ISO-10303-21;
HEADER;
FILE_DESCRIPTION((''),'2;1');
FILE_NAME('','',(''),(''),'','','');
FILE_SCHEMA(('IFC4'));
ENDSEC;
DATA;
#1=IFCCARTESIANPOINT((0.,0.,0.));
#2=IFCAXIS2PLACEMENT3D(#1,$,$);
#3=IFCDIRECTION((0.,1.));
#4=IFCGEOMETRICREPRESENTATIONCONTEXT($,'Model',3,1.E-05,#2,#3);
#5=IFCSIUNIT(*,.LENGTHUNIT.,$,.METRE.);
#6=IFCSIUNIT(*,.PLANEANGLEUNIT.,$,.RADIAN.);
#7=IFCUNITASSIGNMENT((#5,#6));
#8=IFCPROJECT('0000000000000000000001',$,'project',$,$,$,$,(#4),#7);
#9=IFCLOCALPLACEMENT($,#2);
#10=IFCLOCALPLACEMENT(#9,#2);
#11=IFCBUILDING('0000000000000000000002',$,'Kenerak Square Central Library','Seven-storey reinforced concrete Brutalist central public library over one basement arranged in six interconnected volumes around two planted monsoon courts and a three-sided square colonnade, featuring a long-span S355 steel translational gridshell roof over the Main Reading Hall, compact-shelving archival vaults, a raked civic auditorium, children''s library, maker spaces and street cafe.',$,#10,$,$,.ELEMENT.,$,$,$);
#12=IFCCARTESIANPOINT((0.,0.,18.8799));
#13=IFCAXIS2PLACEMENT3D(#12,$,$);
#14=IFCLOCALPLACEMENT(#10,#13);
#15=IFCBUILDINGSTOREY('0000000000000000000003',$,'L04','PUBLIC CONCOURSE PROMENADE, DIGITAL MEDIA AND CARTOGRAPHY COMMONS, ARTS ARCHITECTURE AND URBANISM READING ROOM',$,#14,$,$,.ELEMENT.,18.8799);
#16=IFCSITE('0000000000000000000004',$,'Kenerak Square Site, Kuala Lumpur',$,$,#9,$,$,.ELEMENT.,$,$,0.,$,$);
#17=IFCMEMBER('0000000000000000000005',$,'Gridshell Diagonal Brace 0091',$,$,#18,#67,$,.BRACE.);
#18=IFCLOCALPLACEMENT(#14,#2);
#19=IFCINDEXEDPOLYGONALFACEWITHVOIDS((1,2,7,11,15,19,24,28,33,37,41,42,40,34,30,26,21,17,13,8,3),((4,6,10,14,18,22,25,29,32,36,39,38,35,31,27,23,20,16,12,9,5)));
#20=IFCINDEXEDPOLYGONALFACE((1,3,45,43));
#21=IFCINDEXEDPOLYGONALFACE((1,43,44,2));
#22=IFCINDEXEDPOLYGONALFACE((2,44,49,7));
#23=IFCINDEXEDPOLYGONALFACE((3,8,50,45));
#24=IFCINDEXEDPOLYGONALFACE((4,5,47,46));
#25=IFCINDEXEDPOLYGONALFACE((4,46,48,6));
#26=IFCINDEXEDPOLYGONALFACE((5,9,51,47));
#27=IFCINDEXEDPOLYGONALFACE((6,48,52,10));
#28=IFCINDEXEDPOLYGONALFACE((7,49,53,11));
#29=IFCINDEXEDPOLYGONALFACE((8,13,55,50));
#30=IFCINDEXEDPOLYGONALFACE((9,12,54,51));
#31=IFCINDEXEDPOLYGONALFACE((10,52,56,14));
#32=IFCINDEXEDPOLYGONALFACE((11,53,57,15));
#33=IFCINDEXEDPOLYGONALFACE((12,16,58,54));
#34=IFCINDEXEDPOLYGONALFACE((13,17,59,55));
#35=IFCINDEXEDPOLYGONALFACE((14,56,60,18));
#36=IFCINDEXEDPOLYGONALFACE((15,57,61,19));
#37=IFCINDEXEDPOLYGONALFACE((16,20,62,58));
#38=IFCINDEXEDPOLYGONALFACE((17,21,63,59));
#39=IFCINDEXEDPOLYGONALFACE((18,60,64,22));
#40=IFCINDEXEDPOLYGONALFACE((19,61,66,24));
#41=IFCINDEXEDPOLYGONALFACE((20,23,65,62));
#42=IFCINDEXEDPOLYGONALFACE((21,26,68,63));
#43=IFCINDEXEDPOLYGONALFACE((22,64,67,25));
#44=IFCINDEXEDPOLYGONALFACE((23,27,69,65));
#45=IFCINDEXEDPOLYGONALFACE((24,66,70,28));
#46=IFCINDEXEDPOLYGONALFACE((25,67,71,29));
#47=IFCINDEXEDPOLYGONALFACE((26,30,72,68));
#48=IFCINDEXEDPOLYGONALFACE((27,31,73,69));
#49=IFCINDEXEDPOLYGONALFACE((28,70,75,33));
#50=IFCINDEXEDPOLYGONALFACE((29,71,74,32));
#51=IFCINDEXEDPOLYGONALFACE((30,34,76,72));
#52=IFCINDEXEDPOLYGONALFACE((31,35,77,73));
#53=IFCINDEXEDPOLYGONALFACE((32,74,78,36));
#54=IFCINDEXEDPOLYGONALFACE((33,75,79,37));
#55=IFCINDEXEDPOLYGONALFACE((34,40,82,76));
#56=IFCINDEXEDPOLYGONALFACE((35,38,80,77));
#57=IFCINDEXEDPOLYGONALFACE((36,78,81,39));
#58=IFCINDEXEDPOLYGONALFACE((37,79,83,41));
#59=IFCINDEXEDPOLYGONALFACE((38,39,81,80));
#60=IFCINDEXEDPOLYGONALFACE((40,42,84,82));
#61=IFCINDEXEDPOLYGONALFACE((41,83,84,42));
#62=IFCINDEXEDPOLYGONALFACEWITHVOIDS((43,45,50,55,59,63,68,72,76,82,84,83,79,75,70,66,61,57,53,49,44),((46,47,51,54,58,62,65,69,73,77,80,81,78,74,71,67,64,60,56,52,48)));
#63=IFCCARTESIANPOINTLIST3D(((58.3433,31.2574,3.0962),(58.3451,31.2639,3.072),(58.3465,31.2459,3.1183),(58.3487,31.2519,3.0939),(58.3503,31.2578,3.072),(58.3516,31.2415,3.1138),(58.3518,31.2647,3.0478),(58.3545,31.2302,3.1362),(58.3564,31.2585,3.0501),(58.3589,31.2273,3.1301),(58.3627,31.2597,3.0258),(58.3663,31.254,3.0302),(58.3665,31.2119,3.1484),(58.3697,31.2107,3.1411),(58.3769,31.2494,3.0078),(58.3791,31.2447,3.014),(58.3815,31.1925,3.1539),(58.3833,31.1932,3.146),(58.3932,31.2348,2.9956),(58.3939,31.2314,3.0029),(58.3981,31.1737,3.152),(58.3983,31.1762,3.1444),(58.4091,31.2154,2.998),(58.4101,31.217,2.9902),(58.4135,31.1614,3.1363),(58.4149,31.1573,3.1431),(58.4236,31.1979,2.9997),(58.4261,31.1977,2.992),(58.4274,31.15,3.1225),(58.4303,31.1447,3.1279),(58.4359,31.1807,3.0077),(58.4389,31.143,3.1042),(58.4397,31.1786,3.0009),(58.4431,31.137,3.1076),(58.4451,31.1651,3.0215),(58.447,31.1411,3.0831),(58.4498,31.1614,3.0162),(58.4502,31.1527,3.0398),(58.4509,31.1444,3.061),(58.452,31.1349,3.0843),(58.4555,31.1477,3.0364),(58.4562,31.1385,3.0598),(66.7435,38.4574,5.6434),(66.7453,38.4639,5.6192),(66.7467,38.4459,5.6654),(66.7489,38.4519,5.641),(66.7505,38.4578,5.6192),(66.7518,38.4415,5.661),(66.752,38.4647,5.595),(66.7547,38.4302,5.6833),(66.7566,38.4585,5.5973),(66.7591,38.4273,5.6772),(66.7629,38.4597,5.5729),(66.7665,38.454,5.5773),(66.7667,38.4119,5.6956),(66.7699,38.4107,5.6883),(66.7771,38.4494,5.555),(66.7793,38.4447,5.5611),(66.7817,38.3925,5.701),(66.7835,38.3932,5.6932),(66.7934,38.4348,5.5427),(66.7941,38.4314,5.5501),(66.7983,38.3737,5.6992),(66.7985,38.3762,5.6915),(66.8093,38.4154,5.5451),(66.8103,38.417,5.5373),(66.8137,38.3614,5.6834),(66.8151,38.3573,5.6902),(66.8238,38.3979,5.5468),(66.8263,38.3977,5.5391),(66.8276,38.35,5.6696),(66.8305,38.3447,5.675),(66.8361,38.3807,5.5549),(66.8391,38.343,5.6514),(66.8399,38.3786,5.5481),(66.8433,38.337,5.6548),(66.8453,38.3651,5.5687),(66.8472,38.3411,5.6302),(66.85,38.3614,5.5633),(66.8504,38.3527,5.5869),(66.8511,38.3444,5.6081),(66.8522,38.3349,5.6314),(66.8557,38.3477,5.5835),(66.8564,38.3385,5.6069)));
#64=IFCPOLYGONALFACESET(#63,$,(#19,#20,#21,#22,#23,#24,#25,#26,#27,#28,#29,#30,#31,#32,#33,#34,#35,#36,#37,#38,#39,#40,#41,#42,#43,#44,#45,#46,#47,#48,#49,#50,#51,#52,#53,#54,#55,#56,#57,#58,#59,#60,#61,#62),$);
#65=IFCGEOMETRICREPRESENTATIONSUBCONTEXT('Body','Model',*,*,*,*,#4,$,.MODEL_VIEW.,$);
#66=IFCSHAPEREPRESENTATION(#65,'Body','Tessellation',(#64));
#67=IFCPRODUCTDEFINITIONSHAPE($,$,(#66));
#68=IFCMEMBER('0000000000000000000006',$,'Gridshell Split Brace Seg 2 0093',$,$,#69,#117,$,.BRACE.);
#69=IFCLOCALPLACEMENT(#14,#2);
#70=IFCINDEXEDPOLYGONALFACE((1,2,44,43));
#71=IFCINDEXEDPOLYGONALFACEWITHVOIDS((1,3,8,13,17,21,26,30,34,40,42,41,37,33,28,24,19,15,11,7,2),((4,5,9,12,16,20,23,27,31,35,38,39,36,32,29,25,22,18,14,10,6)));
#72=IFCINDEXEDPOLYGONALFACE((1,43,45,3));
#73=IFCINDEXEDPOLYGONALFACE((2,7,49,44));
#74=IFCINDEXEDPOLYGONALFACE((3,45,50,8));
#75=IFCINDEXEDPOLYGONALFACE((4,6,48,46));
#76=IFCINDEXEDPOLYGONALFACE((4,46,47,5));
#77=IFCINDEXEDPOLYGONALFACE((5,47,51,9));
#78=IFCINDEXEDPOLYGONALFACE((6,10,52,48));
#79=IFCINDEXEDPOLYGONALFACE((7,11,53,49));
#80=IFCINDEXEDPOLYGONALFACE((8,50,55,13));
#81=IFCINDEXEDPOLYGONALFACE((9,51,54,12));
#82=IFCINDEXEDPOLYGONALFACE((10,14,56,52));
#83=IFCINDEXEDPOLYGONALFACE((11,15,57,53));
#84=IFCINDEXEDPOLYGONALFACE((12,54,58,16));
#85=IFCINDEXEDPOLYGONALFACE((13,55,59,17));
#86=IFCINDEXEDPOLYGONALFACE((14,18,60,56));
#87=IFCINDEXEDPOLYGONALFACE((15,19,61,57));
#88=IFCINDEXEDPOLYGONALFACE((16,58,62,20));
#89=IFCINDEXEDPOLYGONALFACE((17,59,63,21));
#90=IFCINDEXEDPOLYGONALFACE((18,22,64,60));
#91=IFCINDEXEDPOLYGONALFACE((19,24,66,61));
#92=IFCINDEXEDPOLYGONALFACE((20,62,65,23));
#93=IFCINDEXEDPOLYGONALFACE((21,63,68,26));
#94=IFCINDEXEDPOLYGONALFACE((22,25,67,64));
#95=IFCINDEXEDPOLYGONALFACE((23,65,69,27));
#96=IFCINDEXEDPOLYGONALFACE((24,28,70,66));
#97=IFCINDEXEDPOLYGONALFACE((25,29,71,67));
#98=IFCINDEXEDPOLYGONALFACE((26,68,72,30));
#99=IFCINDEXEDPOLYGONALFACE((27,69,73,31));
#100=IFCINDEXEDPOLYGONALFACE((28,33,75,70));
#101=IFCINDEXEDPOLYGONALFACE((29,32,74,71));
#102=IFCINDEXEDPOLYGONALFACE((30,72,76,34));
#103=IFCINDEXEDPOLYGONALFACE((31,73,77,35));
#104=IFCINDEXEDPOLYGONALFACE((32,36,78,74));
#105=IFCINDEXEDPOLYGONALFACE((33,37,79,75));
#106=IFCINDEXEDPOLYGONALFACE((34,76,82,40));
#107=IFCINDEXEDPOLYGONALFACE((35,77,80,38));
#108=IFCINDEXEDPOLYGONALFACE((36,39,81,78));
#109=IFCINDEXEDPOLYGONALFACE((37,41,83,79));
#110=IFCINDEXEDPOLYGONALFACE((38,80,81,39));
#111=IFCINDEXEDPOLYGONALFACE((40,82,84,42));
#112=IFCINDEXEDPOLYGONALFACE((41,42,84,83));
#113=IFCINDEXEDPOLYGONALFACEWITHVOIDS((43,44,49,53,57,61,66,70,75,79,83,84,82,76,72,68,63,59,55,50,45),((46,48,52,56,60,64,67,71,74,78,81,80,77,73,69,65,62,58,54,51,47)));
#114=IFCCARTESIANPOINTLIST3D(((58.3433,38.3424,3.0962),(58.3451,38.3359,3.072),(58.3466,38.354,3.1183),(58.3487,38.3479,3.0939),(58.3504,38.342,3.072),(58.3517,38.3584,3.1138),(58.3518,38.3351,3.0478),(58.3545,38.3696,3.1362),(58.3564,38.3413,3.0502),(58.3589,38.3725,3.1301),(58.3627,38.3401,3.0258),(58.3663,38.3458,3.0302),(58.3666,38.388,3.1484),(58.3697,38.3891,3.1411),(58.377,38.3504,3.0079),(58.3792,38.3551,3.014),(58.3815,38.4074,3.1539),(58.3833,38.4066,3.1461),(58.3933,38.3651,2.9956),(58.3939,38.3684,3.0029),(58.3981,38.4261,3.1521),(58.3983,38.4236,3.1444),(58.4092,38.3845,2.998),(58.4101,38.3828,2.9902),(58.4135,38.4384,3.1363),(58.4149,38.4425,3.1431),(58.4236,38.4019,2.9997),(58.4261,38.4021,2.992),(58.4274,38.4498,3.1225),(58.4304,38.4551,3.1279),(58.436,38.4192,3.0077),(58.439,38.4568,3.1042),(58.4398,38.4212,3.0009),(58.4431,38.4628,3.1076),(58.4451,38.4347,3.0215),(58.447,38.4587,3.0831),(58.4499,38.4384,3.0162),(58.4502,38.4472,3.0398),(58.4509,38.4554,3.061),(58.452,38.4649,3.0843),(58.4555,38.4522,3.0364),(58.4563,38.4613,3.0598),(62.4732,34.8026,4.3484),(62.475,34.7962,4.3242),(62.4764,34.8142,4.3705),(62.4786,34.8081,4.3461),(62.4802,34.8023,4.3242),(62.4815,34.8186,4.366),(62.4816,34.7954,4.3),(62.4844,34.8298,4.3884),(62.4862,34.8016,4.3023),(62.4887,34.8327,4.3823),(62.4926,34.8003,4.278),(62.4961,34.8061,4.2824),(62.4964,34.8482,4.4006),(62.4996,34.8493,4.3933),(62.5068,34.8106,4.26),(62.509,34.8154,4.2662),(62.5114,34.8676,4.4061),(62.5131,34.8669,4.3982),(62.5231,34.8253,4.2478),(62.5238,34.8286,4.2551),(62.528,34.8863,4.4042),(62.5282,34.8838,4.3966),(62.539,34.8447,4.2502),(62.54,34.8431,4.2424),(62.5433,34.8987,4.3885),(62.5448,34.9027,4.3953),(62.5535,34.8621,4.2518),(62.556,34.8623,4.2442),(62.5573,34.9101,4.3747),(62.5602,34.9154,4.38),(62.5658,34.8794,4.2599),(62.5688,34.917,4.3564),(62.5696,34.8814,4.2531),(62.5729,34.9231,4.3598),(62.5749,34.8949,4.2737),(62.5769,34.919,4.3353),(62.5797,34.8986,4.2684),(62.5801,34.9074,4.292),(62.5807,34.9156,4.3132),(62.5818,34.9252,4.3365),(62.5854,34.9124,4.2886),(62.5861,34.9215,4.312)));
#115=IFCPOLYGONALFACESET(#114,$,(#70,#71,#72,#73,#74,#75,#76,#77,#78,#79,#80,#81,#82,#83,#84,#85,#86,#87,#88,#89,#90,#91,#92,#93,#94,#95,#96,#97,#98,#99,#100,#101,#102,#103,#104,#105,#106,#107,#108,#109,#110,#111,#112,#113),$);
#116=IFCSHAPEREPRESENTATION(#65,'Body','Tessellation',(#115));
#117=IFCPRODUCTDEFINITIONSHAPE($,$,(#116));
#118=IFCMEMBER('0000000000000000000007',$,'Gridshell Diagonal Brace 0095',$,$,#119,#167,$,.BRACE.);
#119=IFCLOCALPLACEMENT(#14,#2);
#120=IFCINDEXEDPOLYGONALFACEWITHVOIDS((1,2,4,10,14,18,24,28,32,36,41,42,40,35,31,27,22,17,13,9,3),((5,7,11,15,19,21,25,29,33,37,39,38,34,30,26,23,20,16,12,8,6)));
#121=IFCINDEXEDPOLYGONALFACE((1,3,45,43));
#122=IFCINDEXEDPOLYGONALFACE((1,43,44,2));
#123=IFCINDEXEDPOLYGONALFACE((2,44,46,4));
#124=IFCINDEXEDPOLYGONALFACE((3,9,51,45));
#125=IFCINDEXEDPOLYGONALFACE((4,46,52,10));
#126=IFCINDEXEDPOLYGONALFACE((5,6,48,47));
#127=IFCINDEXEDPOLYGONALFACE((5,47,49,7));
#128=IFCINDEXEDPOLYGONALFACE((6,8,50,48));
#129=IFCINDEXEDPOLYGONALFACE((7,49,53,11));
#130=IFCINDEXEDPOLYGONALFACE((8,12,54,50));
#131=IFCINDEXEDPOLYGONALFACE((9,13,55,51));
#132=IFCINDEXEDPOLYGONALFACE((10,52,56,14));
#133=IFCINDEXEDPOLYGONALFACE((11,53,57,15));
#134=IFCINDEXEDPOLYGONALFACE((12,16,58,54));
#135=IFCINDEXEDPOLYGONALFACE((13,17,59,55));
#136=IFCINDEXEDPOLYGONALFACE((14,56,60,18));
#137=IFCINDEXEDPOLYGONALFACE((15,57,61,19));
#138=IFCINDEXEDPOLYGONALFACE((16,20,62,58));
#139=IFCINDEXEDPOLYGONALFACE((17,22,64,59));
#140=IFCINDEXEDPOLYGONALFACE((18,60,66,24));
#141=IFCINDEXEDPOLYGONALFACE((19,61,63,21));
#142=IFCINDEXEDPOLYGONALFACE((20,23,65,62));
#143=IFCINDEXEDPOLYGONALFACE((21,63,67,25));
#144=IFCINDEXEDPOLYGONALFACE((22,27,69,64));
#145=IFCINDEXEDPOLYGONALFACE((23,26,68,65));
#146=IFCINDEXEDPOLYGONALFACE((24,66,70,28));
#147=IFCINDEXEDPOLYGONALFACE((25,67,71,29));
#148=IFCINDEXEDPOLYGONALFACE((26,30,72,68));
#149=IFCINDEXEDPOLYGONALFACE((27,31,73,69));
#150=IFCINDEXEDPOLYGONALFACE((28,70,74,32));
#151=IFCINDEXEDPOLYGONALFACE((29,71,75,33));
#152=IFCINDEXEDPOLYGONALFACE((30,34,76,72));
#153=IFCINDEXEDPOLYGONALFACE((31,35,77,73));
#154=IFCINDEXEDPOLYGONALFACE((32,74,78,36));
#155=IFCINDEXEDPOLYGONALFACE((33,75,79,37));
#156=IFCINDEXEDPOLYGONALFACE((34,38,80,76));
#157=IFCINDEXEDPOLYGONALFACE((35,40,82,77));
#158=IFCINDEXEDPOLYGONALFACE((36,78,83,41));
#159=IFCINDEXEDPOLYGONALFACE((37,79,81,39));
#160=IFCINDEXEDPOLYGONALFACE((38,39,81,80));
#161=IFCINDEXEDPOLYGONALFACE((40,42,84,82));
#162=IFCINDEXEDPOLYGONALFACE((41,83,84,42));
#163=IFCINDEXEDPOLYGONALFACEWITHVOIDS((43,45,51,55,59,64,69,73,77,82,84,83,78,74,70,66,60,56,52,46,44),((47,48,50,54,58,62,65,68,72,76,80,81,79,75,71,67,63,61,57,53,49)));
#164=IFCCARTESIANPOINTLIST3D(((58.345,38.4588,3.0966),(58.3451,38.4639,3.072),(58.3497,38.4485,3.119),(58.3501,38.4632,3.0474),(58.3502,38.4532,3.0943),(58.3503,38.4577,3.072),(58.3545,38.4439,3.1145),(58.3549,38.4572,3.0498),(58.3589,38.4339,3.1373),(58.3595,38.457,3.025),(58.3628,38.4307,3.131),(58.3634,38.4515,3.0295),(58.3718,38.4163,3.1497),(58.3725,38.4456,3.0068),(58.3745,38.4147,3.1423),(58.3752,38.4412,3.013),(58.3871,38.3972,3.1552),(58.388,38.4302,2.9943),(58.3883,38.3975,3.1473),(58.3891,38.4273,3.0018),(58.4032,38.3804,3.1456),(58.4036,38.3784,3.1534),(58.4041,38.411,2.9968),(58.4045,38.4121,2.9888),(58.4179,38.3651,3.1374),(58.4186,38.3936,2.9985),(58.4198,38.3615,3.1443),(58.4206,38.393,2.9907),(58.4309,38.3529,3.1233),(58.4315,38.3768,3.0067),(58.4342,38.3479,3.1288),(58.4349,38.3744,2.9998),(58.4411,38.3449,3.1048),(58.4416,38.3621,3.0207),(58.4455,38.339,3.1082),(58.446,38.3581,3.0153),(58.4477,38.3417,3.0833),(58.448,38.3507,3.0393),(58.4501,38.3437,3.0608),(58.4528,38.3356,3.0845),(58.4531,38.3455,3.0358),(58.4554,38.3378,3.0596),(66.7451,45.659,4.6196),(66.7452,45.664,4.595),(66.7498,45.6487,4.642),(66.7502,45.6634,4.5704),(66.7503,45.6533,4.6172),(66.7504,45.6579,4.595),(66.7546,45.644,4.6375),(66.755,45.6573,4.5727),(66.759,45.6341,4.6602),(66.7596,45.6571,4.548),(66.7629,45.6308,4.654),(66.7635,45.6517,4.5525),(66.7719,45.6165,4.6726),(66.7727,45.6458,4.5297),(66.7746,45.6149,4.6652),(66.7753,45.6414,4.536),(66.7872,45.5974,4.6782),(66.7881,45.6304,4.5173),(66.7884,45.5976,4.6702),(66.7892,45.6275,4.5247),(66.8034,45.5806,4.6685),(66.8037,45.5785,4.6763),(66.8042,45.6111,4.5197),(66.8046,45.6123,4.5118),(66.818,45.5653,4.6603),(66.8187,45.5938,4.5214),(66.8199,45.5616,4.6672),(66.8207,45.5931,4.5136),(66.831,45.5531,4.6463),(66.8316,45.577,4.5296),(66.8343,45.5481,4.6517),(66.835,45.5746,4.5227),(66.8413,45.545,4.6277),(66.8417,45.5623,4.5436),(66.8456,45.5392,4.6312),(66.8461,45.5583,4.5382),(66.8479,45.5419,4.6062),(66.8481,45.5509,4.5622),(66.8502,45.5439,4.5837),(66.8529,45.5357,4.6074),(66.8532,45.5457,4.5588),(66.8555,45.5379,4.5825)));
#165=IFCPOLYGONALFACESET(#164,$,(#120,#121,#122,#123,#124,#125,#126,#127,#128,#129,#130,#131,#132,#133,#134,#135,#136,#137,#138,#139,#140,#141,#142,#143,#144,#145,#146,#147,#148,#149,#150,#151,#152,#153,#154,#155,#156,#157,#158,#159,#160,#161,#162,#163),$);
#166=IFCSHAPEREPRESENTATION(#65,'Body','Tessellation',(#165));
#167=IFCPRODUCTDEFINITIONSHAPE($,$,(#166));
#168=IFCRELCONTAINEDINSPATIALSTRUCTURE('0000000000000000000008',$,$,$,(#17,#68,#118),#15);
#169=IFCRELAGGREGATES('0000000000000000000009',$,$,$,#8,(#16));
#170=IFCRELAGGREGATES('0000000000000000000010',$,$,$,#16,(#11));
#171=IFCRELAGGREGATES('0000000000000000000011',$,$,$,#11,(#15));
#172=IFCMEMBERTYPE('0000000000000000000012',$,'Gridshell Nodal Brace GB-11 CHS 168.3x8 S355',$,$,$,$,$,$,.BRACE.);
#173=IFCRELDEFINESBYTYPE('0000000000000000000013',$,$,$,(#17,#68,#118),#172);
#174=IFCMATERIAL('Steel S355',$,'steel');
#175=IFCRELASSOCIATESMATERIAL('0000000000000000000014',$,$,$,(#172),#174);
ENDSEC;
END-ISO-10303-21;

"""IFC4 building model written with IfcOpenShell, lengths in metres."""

from ifc_helpers import new_model, si_unit, direction, frame, origin, origin_2d, place, context, subcontext, project, spatial, hollow_circle, extrude, material, material_profile, profile_set, type_object, element, save


model = new_model("IFC4")

# Units and contexts
model_context = context("Model", 3, precision=1e-05, world=origin(), true_north=direction((0.0, 1.0)))
body_context = subcontext(model_context, "Body", "Model", "MODEL_VIEW")
ifc_project = project(units=[si_unit("LENGTHUNIT", "METRE"), si_unit("PLANEANGLEUNIT", "RADIAN")], contexts=[model_context])

# Site, building, storey
site_placement = place(None, origin())
site = spatial("IfcSite", under=ifc_project, at=site_placement, Name="Kenerak Square Site, Kuala Lumpur", CompositionType="ELEMENT", RefElevation=0.0)
building_placement = place(site_placement, origin())
building = spatial("IfcBuilding", under=site, at=building_placement, Name="Kenerak Square Central Library", Description="Seven-storey reinforced concrete Brutalist central public library over one basement arranged in six interconnected volumes around two planted monsoon courts and a three-sided square colonnade, featuring a long-span S355 steel translational gridshell roof over the Main Reading Hall, compact-shelving archival vaults, a raked civic auditorium, children's library, maker spaces and street cafe.", CompositionType="ELEMENT")
storey_placement = place(building_placement, frame((0.0, 0.0, 18.8799)))
storey = spatial("IfcBuildingStorey", under=building, at=storey_placement, Name="L04", Description="PUBLIC CONCOURSE PROMENADE, DIGITAL MEDIA AND CARTOGRAPHY COMMONS, ARTS ARCHITECTURE AND URBANISM READING ROOM", CompositionType="ELEMENT", Elevation=18.8799)

# Members
ifc_material_1 = material(Name="Steel S355", Category="steel")
ifc_material_profile_1 = material_profile(ifc_material_1, hollow_circle(Radius=0.0842, WallThickness=0.0081, at=origin_2d()), Name="CHS 168.3x8.0")
ifc_profile_set_1 = profile_set([ifc_material_profile_1], Name="Steel S355")
member_type_1 = type_object("IfcMemberType", Name="Gridshell Nodal Brace GB-11 CHS 168.3x8 S355", PredefinedType="BRACE", material=ifc_profile_set_1)
member_1_placement = place(storey_placement, frame((58.3999, 31.2, 3.072), z_axis=(0.739908, 0.634192, 0.224357), x_axis=(-0.650782, 0.759264, 0.0)))
element("IfcMember", 1, at=member_1_placement, inside=storey, type_object=member_type_1, Name="Gridshell Diagonal Brace 0091", PredefinedType="BRACE", context=body_context, shape_type="SweptSolid", body=[
    extrude(hollow_circle(Radius=0.0842, WallThickness=0.0081, at=origin_2d()), origin(), (0.0, 0.0, 1.0), 11.353),
])
member_2_placement = place(storey_placement, frame((62.5298, 34.8601, 4.3242), z_axis=(-0.739912, 0.634192, -0.224344), x_axis=(-0.65078, -0.759266, 0.0)))
element("IfcMember", 2, at=member_2_placement, inside=storey, type_object=member_type_1, Name="Gridshell Split Brace Seg 2 0093", PredefinedType="BRACE", context=body_context, shape_type="SweptSolid", body=[
    extrude(hollow_circle(Radius=0.0842, WallThickness=0.0081, at=origin_2d()), origin(), (0.0, 0.0, 1.0), 5.5815),
])
member_3_placement = place(storey_placement, frame((58.3999, 38.3999, 3.072), z_axis=(0.752161, 0.644716, 0.136367), x_axis=(-0.650795, 0.759253, 0.0)))
element("IfcMember", 3, at=member_3_placement, inside=storey, type_object=member_type_1, Name="Gridshell Diagonal Brace 0095", PredefinedType="BRACE", context=body_context, shape_type="SweptSolid", body=[
    extrude(hollow_circle(Radius=0.0842, WallThickness=0.0081, at=origin_2d()), origin(), (0.0, 0.0, 1.0), 11.168),
])

save(model, "model.ifc")
